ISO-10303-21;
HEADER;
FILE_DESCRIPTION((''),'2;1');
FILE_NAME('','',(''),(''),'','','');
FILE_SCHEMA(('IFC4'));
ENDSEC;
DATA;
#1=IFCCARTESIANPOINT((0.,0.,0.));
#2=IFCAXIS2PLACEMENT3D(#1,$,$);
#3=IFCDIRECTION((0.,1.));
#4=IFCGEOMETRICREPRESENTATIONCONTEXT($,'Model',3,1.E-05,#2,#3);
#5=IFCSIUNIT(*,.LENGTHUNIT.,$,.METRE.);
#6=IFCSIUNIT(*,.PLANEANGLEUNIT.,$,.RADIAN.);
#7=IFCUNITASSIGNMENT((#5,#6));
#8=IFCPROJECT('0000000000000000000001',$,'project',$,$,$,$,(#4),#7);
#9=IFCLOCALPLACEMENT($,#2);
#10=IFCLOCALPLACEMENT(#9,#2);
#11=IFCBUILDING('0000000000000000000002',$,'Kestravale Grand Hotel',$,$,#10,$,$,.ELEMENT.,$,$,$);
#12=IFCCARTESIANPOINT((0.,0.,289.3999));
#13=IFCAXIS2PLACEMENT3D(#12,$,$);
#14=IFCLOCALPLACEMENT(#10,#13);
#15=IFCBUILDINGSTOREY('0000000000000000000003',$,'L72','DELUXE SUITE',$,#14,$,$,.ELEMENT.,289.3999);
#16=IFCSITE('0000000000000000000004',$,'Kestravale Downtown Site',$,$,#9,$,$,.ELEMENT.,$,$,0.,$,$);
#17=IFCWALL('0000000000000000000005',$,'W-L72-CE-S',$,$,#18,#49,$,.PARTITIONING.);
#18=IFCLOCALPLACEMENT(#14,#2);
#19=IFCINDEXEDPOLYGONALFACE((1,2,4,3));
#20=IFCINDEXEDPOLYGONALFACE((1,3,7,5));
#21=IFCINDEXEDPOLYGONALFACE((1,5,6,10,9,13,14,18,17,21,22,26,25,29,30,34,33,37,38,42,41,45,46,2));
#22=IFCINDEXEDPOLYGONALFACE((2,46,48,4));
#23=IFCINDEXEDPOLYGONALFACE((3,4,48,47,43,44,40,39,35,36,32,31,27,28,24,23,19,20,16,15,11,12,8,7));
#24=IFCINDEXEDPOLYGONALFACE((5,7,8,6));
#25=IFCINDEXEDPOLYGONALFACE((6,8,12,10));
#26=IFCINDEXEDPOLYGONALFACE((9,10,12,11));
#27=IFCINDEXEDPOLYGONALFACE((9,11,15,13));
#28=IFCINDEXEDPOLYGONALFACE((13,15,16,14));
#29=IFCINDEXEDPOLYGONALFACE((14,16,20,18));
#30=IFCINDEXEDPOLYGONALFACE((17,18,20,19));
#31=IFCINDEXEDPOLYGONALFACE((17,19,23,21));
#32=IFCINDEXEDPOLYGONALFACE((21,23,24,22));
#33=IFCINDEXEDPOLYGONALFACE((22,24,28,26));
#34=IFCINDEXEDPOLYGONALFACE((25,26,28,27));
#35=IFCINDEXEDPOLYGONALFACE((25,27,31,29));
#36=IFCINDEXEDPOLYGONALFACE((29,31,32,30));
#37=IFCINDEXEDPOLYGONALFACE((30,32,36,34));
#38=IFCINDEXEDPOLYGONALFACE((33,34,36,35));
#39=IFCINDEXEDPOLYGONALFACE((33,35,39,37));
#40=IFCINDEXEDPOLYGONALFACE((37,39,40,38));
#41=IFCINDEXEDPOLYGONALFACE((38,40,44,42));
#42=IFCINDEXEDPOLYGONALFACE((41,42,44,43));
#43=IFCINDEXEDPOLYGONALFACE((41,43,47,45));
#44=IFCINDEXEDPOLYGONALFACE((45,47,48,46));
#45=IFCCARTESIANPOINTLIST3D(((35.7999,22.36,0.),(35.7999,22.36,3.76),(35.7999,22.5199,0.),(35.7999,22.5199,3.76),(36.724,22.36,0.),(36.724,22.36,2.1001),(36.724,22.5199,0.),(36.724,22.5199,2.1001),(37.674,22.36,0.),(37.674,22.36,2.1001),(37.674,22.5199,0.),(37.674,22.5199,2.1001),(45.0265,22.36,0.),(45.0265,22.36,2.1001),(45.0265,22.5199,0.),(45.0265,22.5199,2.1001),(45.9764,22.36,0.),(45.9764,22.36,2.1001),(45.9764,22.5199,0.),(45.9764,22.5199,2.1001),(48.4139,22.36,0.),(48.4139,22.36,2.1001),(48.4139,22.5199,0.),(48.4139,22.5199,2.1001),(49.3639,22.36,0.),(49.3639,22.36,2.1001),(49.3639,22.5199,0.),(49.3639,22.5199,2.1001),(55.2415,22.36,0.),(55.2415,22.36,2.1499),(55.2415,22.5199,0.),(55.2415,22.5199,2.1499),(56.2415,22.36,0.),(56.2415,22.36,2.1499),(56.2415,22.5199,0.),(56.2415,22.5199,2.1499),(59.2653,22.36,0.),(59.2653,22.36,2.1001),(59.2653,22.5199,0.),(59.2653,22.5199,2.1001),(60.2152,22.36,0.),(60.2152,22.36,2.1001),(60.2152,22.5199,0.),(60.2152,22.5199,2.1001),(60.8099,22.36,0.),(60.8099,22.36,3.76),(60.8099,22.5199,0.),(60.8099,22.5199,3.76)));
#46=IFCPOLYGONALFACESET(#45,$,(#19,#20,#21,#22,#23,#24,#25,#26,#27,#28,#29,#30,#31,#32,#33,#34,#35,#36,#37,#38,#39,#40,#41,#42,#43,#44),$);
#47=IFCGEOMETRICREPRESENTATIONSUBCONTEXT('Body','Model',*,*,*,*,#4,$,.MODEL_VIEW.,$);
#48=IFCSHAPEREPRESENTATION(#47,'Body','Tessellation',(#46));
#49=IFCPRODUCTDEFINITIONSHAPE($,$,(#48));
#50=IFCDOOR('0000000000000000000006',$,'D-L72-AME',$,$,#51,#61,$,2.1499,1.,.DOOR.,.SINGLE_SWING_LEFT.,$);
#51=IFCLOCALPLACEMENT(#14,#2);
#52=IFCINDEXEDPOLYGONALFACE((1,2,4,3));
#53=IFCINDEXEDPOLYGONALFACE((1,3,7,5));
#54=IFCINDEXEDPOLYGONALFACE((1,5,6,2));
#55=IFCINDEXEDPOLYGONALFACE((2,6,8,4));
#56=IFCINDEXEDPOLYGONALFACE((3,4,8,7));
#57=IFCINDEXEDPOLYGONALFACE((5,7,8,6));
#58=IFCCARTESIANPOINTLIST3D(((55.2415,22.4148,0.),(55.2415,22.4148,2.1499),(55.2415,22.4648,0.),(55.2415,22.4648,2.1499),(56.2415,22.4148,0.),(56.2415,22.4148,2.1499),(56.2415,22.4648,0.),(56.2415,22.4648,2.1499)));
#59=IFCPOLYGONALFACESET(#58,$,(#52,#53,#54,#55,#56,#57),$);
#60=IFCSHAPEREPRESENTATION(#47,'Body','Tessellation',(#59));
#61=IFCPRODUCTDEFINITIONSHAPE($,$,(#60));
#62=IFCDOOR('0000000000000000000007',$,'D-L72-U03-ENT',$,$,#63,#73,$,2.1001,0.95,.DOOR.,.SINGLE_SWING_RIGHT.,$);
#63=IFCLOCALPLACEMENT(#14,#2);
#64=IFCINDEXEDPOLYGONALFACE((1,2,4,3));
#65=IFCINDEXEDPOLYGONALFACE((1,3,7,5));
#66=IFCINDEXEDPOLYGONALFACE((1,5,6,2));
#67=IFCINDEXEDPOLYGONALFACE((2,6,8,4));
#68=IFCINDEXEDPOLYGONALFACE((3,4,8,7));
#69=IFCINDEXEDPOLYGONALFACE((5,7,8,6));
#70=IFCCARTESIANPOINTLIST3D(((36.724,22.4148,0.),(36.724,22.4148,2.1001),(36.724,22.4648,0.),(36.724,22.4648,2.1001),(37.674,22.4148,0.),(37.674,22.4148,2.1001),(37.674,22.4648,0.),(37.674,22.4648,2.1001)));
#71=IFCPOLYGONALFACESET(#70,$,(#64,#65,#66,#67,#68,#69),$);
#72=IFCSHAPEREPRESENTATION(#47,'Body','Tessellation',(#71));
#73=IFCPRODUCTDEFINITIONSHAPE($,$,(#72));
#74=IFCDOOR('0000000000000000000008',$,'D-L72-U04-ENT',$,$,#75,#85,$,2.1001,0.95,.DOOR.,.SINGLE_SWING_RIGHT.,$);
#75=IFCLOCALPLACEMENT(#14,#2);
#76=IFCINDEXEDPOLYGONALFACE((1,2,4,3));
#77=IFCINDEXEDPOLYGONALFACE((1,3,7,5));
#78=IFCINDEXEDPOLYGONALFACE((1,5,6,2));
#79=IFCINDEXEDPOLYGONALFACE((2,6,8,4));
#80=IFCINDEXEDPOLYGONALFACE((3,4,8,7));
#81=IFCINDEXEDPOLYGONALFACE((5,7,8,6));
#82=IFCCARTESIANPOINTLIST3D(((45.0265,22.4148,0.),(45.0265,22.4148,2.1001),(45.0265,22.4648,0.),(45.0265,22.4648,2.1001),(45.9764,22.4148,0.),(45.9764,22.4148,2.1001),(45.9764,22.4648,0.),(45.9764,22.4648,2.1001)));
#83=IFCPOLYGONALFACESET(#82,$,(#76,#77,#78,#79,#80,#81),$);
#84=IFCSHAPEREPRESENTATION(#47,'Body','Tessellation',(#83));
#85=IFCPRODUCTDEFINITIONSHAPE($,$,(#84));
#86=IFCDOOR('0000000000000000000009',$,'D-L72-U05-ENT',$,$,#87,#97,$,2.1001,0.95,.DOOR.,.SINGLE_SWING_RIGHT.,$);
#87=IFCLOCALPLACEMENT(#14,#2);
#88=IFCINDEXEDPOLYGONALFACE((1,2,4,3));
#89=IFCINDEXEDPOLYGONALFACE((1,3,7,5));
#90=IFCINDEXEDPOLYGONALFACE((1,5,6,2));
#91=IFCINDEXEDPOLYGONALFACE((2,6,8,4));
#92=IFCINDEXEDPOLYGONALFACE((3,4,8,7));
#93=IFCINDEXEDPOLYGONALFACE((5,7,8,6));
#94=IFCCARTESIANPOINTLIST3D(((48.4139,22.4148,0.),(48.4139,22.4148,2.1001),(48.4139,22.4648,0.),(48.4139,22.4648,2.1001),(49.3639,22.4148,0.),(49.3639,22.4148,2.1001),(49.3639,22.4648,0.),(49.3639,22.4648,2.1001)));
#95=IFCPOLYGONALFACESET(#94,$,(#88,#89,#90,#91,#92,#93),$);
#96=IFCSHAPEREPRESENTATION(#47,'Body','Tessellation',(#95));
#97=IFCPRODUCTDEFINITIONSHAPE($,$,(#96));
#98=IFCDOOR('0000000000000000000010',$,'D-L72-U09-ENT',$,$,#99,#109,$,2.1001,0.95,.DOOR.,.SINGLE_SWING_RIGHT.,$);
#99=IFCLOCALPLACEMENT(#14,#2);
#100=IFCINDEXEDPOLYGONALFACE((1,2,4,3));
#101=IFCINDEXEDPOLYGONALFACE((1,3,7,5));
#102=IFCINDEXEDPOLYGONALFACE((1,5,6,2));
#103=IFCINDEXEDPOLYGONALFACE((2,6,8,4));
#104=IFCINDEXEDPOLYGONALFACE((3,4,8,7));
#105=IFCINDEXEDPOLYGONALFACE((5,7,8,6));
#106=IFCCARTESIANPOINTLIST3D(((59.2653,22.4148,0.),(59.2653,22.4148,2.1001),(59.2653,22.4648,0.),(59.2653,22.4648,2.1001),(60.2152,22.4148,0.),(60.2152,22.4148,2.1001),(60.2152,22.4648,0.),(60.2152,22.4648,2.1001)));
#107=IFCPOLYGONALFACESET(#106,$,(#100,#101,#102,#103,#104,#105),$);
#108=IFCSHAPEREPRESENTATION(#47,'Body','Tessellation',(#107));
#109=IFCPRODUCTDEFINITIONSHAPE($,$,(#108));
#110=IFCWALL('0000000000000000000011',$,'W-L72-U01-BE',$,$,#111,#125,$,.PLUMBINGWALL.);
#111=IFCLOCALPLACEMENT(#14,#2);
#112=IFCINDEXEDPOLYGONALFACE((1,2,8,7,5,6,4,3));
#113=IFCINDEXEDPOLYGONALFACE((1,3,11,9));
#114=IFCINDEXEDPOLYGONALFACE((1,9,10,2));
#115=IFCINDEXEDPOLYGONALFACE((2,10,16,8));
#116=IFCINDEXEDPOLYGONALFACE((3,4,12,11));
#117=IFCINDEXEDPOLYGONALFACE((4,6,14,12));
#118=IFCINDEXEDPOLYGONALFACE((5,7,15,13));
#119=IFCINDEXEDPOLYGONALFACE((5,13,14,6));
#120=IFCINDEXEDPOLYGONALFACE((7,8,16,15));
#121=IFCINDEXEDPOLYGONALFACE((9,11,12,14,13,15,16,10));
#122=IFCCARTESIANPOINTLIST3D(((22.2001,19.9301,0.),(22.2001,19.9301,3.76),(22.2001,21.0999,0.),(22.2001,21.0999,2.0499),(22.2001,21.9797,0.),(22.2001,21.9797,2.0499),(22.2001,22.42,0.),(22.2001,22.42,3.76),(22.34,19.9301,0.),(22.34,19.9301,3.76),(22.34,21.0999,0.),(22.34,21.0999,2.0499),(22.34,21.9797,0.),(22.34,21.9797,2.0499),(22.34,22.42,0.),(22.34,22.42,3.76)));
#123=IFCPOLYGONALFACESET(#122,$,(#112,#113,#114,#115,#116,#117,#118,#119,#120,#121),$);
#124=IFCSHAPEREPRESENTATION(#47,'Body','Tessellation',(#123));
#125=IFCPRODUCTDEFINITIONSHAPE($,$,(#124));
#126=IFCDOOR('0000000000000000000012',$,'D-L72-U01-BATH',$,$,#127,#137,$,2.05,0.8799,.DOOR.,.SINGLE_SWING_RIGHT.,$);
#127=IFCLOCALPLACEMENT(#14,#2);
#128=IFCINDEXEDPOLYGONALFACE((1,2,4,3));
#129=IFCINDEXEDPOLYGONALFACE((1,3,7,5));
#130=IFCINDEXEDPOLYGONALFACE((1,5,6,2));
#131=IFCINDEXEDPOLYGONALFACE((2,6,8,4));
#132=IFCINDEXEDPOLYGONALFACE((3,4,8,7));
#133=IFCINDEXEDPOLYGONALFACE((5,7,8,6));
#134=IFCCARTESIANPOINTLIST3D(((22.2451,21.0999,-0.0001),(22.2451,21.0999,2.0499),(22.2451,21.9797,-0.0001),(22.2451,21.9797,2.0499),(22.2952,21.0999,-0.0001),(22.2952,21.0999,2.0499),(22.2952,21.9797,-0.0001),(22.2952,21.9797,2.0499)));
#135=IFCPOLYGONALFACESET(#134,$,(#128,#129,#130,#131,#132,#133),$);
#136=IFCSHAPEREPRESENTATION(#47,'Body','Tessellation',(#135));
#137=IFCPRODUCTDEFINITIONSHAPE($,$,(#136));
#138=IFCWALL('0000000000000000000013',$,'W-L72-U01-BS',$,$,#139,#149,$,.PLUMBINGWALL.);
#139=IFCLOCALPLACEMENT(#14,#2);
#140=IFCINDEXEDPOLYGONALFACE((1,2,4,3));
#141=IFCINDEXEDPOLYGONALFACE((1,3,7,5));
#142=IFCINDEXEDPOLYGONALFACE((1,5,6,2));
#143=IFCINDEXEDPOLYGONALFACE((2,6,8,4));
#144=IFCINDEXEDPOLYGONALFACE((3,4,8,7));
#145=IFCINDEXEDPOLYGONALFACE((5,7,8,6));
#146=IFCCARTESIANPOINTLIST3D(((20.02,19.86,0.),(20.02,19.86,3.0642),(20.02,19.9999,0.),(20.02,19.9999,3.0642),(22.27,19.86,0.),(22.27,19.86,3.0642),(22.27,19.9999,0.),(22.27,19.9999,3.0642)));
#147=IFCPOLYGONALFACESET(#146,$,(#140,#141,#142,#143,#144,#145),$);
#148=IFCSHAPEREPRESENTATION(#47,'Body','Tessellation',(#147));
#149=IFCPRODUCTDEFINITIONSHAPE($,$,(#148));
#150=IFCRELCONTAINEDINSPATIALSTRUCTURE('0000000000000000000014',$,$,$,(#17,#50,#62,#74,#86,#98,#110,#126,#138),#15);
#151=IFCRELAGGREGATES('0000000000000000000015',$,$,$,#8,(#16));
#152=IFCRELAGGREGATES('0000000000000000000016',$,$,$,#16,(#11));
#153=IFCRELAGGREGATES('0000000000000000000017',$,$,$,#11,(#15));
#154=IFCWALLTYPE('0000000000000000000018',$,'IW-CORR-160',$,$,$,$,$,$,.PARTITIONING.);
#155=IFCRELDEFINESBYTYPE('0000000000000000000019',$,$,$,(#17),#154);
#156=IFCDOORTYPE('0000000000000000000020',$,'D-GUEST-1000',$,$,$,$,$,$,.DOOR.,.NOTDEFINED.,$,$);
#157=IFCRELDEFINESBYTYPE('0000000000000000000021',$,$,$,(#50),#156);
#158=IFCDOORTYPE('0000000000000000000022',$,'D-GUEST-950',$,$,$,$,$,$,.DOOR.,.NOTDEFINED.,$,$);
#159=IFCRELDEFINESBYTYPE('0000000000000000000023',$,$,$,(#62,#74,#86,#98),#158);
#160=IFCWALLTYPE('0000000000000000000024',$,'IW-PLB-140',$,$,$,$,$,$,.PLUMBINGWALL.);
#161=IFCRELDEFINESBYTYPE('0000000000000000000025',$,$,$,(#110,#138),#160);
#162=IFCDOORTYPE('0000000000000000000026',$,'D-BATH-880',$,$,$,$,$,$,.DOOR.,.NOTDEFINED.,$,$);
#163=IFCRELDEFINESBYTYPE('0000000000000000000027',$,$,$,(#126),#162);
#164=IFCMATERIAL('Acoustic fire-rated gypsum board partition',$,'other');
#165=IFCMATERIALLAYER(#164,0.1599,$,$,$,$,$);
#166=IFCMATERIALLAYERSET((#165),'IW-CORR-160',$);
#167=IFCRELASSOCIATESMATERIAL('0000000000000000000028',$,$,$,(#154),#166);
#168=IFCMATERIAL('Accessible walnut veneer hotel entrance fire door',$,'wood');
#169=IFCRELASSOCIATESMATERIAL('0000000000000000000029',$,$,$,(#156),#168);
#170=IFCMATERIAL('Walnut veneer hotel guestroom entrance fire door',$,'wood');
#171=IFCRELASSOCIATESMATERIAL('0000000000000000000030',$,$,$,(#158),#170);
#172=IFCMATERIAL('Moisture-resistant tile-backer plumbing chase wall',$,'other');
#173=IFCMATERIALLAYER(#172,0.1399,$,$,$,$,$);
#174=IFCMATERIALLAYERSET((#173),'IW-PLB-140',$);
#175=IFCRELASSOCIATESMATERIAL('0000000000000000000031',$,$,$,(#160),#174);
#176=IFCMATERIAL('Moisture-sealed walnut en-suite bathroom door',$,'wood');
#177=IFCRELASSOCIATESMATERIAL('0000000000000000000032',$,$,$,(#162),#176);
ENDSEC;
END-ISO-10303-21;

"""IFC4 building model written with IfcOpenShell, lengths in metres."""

from ifc_helpers import new_model, si_unit, direction, frame, frame_2d, origin, place, context, subcontext, project, spatial, rectangle, extrude, material, layer, layer_set, type_object, element, fill, save


model = new_model("IFC4")

# Units and contexts
model_context = context("Model", 3, precision=1e-05, world=origin(), true_north=direction((0.0, 1.0)))
body_context = subcontext(model_context, "Body", "Model", "MODEL_VIEW")
ifc_project = project(units=[si_unit("LENGTHUNIT", "METRE"), si_unit("PLANEANGLEUNIT", "RADIAN")], contexts=[model_context])

# Site, building, storey
site_placement = place(None, origin())
site = spatial("IfcSite", under=ifc_project, at=site_placement, Name="Kestravale Downtown Site", CompositionType="ELEMENT", RefElevation=0.0)
building_placement = place(site_placement, origin())
building = spatial("IfcBuilding", under=site, at=building_placement, Name="Kestravale Grand Hotel", CompositionType="ELEMENT")
storey_placement = place(building_placement, frame((0.0, 0.0, 289.3999)))
storey = spatial("IfcBuildingStorey", under=building, at=storey_placement, Name="L72", Description="DELUXE SUITE", CompositionType="ELEMENT", Elevation=289.3999)

# Shared definitions
ifc_material_1 = material(Name="Acoustic fire-rated gypsum board partition", Category="other")
ifc_layer_1 = layer(ifc_material_1, 0.1599)
ifc_layer_set_1 = layer_set([ifc_layer_1], Name="IW-CORR-160")
wall_type_1 = type_object("IfcWallType", Name="IW-CORR-160", PredefinedType="PARTITIONING", material=ifc_layer_set_1)
ifc_material_2 = material(Name="Accessible walnut veneer hotel entrance fire door", Category="wood")
door_type_1 = type_object("IfcDoorType", Name="D-GUEST-1000", OperationType="NOTDEFINED", PredefinedType="DOOR", material=ifc_material_2)

# Wall, openings, doors
wall_1_placement = place(storey_placement, frame((35.8, 22.4399, 0.0), z_axis=(0.0, 0.0, 1.0), x_axis=(1.0, 0.0, 0.0)))
wall_1 = element("IfcWall", 1, at=wall_1_placement, inside=storey, type_object=wall_type_1, Name="W-L72-CE-S", PredefinedType="PARTITIONING", context=body_context, shape_type="SweptSolid", body=[
    extrude(rectangle(XDim=25.01, YDim=0.1599, at=frame_2d((12.5049, 0.0))), origin(), (0.0, 0.0, 1.0), 3.76),
])
opening_1_placement = place(wall_1_placement, frame((0.9238, 0.0, 0.0)))
opening_1 = element("IfcOpeningElement", 2, at=opening_1_placement, cuts=wall_1, PredefinedType="OPENING", context=body_context, shape_type="SweptSolid", body=[
    extrude(rectangle(XDim=0.95, YDim=2.1001, at=frame_2d((0.4751, 1.05))), frame((0.0, 0.0898, 0.0), z_axis=(0.0, -1.0, 0.0), x_axis=(1.0, 0.0, 0.0)), (0.0, 0.0, 1.0), 0.1799),
])
opening_2_placement = place(wall_1_placement, frame((9.2263, 0.0, 0.0)))
opening_2 = element("IfcOpeningElement", 3, at=opening_2_placement, cuts=wall_1, PredefinedType="OPENING", context=body_context, shape_type="SweptSolid", body=[
    extrude(rectangle(XDim=0.95, YDim=2.1001, at=frame_2d((0.4751, 1.05))), frame((0.0, 0.0898, 0.0), z_axis=(0.0, -1.0, 0.0), x_axis=(1.0, 0.0, 0.0)), (0.0, 0.0, 1.0), 0.1799),
])
opening_3_placement = place(wall_1_placement, frame((12.6138, 0.0, 0.0)))
opening_3 = element("IfcOpeningElement", 4, at=opening_3_placement, cuts=wall_1, PredefinedType="OPENING", context=body_context, shape_type="SweptSolid", body=[
    extrude(rectangle(XDim=0.95, YDim=2.1001, at=frame_2d((0.4751, 1.05))), frame((0.0, 0.0898, 0.0), z_axis=(0.0, -1.0, 0.0), x_axis=(1.0, 0.0, 0.0)), (0.0, 0.0, 1.0), 0.1799),
])
opening_4_placement = place(wall_1_placement, frame((19.4414, 0.0, 0.0)))
opening_4 = element("IfcOpeningElement", 5, at=opening_4_placement, cuts=wall_1, PredefinedType="OPENING", context=body_context, shape_type="SweptSolid", body=[
    extrude(rectangle(XDim=1.0, YDim=2.1499, at=frame_2d((0.5, 1.075))), frame((0.0, 0.0898, 0.0), z_axis=(0.0, -1.0, 0.0), x_axis=(1.0, 0.0, 0.0)), (0.0, 0.0, 1.0), 0.1799),
])
opening_5_placement = place(wall_1_placement, frame((23.4651, 0.0, 0.0)))
opening_5 = element("IfcOpeningElement", 6, at=opening_5_placement, cuts=wall_1, PredefinedType="OPENING", context=body_context, shape_type="SweptSolid", body=[
    extrude(rectangle(XDim=0.95, YDim=2.1001, at=frame_2d((0.4751, 1.05))), frame((0.0, 0.0898, 0.0), z_axis=(0.0, -1.0, 0.0), x_axis=(1.0, 0.0, 0.0)), (0.0, 0.0, 1.0), 0.1799),
])
door_1_placement = place(opening_4_placement, origin())
door_1 = element("IfcDoor", 7, at=door_1_placement, inside=storey, type_object=door_type_1, Name="D-L72-AME", OperationType="SINGLE_SWING_LEFT", OverallHeight=2.1499, OverallWidth=1.0, PredefinedType="DOOR", context=body_context, shape_type="SweptSolid", body=[
    extrude(rectangle(XDim=1.0, YDim=2.1499, at=frame_2d((0.5, 1.075))), frame((0.0, 0.0249, 0.0), z_axis=(0.0, -1.0, 0.0), x_axis=(1.0, 0.0, 0.0)), (0.0, 0.0, 1.0), 0.05),
])
fill(opening_4, door_1)
ifc_material_3 = material(Name="Walnut veneer hotel guestroom entrance fire door", Category="wood")
door_type_2 = type_object("IfcDoorType", Name="D-GUEST-950", OperationType="NOTDEFINED", PredefinedType="DOOR", material=ifc_material_3)
door_2_placement = place(opening_1_placement, origin())
door_2 = element("IfcDoor", 8, at=door_2_placement, inside=storey, type_object=door_type_2, Name="D-L72-U03-ENT", OperationType="SINGLE_SWING_RIGHT", OverallHeight=2.1001, OverallWidth=0.95, PredefinedType="DOOR", context=body_context, shape_type="SweptSolid", body=[
    extrude(rectangle(XDim=0.95, YDim=2.1001, at=frame_2d((0.4751, 1.05))), frame((0.0, 0.0249, 0.0), z_axis=(0.0, -1.0, 0.0), x_axis=(1.0, 0.0, 0.0)), (0.0, 0.0, 1.0), 0.05),
])
fill(opening_1, door_2)
door_3_placement = place(opening_2_placement, origin())
door_3 = element("IfcDoor", 9, at=door_3_placement, inside=storey, type_object=door_type_2, Name="D-L72-U04-ENT", OperationType="SINGLE_SWING_RIGHT", OverallHeight=2.1001, OverallWidth=0.95, PredefinedType="DOOR", context=body_context, shape_type="SweptSolid", body=[
    extrude(rectangle(XDim=0.95, YDim=2.1001, at=frame_2d((0.4751, 1.05))), frame((0.0, 0.0249, 0.0), z_axis=(0.0, -1.0, 0.0), x_axis=(1.0, 0.0, 0.0)), (0.0, 0.0, 1.0), 0.05),
])
fill(opening_2, door_3)
door_4_placement = place(opening_3_placement, origin())
door_4 = element("IfcDoor", 10, at=door_4_placement, inside=storey, type_object=door_type_2, Name="D-L72-U05-ENT", OperationType="SINGLE_SWING_RIGHT", OverallHeight=2.1001, OverallWidth=0.95, PredefinedType="DOOR", context=body_context, shape_type="SweptSolid", body=[
    extrude(rectangle(XDim=0.95, YDim=2.1001, at=frame_2d((0.4751, 1.05))), frame((0.0, 0.0249, 0.0), z_axis=(0.0, -1.0, 0.0), x_axis=(1.0, 0.0, 0.0)), (0.0, 0.0, 1.0), 0.05),
])
fill(opening_3, door_4)
door_5_placement = place(opening_5_placement, origin())
door_5 = element("IfcDoor", 11, at=door_5_placement, inside=storey, type_object=door_type_2, Name="D-L72-U09-ENT", OperationType="SINGLE_SWING_RIGHT", OverallHeight=2.1001, OverallWidth=0.95, PredefinedType="DOOR", context=body_context, shape_type="SweptSolid", body=[
    extrude(rectangle(XDim=0.95, YDim=2.1001, at=frame_2d((0.4751, 1.05))), frame((0.0, 0.0249, 0.0), z_axis=(0.0, -1.0, 0.0), x_axis=(1.0, 0.0, 0.0)), (0.0, 0.0, 1.0), 0.05),
])
fill(opening_5, door_5)

# Wall, opening, door
ifc_material_4 = material(Name="Moisture-resistant tile-backer plumbing chase wall", Category="other")
ifc_layer_2 = layer(ifc_material_4, 0.1399)
ifc_layer_set_2 = layer_set([ifc_layer_2], Name="IW-PLB-140")
wall_type_2 = type_object("IfcWallType", Name="IW-PLB-140", PredefinedType="PLUMBINGWALL", material=ifc_layer_set_2)
wall_2_placement = place(storey_placement, frame((22.27, 19.9299, 0.0), z_axis=(0.0, 0.0, 1.0), x_axis=(0.0, 1.0, 0.0)))
wall_2 = element("IfcWall", 12, at=wall_2_placement, inside=storey, type_object=wall_type_2, Name="W-L72-U01-BE", PredefinedType="PLUMBINGWALL", context=body_context, shape_type="SweptSolid", body=[
    extrude(rectangle(XDim=2.49, YDim=0.1399, at=frame_2d((1.2451, 0.0))), origin(), (0.0, 0.0, 1.0), 3.76),
])
opening_6_placement = place(wall_2_placement, frame((1.1699, 0.0, 0.0)))
opening_6 = element("IfcOpeningElement", 13, at=opening_6_placement, cuts=wall_2, PredefinedType="OPENING", context=body_context, shape_type="SweptSolid", body=[
    extrude(rectangle(XDim=0.8799, YDim=2.05, at=frame_2d((0.4399, 1.0249))), frame((0.0, 0.0798, 0.0), z_axis=(0.0, -1.0, 0.0), x_axis=(1.0, 0.0, 0.0)), (0.0, 0.0, 1.0), 0.1599),
])
ifc_material_5 = material(Name="Moisture-sealed walnut en-suite bathroom door", Category="wood")
door_type_3 = type_object("IfcDoorType", Name="D-BATH-880", OperationType="NOTDEFINED", PredefinedType="DOOR", material=ifc_material_5)
door_6_placement = place(opening_6_placement, origin())
door_6 = element("IfcDoor", 14, at=door_6_placement, inside=storey, type_object=door_type_3, Name="D-L72-U01-BATH", OperationType="SINGLE_SWING_RIGHT", OverallHeight=2.05, OverallWidth=0.8799, PredefinedType="DOOR", context=body_context, shape_type="SweptSolid", body=[
    extrude(rectangle(XDim=0.8799, YDim=2.05, at=frame_2d((0.4399, 1.0249))), frame((0.0, 0.0249, 0.0), z_axis=(0.0, -1.0, 0.0), x_axis=(1.0, 0.0, 0.0)), (0.0, 0.0, 1.0), 0.05),
])
fill(opening_6, door_6)

# Wall
wall_3_placement = place(storey_placement, frame((20.02, 19.9299, 0.0), z_axis=(0.0, 0.0, 1.0), x_axis=(1.0, 0.0, 0.0)))
element("IfcWall", 15, at=wall_3_placement, inside=storey, type_object=wall_type_2, Name="W-L72-U01-BS", PredefinedType="PLUMBINGWALL", context=body_context, shape_type="SweptSolid", body=[
    extrude(rectangle(XDim=2.25, YDim=0.1399, at=frame_2d((1.125, 0.0))), origin(), (0.0, 0.0, 1.0), 3.0642),
])

save(model, "model.ifc")
